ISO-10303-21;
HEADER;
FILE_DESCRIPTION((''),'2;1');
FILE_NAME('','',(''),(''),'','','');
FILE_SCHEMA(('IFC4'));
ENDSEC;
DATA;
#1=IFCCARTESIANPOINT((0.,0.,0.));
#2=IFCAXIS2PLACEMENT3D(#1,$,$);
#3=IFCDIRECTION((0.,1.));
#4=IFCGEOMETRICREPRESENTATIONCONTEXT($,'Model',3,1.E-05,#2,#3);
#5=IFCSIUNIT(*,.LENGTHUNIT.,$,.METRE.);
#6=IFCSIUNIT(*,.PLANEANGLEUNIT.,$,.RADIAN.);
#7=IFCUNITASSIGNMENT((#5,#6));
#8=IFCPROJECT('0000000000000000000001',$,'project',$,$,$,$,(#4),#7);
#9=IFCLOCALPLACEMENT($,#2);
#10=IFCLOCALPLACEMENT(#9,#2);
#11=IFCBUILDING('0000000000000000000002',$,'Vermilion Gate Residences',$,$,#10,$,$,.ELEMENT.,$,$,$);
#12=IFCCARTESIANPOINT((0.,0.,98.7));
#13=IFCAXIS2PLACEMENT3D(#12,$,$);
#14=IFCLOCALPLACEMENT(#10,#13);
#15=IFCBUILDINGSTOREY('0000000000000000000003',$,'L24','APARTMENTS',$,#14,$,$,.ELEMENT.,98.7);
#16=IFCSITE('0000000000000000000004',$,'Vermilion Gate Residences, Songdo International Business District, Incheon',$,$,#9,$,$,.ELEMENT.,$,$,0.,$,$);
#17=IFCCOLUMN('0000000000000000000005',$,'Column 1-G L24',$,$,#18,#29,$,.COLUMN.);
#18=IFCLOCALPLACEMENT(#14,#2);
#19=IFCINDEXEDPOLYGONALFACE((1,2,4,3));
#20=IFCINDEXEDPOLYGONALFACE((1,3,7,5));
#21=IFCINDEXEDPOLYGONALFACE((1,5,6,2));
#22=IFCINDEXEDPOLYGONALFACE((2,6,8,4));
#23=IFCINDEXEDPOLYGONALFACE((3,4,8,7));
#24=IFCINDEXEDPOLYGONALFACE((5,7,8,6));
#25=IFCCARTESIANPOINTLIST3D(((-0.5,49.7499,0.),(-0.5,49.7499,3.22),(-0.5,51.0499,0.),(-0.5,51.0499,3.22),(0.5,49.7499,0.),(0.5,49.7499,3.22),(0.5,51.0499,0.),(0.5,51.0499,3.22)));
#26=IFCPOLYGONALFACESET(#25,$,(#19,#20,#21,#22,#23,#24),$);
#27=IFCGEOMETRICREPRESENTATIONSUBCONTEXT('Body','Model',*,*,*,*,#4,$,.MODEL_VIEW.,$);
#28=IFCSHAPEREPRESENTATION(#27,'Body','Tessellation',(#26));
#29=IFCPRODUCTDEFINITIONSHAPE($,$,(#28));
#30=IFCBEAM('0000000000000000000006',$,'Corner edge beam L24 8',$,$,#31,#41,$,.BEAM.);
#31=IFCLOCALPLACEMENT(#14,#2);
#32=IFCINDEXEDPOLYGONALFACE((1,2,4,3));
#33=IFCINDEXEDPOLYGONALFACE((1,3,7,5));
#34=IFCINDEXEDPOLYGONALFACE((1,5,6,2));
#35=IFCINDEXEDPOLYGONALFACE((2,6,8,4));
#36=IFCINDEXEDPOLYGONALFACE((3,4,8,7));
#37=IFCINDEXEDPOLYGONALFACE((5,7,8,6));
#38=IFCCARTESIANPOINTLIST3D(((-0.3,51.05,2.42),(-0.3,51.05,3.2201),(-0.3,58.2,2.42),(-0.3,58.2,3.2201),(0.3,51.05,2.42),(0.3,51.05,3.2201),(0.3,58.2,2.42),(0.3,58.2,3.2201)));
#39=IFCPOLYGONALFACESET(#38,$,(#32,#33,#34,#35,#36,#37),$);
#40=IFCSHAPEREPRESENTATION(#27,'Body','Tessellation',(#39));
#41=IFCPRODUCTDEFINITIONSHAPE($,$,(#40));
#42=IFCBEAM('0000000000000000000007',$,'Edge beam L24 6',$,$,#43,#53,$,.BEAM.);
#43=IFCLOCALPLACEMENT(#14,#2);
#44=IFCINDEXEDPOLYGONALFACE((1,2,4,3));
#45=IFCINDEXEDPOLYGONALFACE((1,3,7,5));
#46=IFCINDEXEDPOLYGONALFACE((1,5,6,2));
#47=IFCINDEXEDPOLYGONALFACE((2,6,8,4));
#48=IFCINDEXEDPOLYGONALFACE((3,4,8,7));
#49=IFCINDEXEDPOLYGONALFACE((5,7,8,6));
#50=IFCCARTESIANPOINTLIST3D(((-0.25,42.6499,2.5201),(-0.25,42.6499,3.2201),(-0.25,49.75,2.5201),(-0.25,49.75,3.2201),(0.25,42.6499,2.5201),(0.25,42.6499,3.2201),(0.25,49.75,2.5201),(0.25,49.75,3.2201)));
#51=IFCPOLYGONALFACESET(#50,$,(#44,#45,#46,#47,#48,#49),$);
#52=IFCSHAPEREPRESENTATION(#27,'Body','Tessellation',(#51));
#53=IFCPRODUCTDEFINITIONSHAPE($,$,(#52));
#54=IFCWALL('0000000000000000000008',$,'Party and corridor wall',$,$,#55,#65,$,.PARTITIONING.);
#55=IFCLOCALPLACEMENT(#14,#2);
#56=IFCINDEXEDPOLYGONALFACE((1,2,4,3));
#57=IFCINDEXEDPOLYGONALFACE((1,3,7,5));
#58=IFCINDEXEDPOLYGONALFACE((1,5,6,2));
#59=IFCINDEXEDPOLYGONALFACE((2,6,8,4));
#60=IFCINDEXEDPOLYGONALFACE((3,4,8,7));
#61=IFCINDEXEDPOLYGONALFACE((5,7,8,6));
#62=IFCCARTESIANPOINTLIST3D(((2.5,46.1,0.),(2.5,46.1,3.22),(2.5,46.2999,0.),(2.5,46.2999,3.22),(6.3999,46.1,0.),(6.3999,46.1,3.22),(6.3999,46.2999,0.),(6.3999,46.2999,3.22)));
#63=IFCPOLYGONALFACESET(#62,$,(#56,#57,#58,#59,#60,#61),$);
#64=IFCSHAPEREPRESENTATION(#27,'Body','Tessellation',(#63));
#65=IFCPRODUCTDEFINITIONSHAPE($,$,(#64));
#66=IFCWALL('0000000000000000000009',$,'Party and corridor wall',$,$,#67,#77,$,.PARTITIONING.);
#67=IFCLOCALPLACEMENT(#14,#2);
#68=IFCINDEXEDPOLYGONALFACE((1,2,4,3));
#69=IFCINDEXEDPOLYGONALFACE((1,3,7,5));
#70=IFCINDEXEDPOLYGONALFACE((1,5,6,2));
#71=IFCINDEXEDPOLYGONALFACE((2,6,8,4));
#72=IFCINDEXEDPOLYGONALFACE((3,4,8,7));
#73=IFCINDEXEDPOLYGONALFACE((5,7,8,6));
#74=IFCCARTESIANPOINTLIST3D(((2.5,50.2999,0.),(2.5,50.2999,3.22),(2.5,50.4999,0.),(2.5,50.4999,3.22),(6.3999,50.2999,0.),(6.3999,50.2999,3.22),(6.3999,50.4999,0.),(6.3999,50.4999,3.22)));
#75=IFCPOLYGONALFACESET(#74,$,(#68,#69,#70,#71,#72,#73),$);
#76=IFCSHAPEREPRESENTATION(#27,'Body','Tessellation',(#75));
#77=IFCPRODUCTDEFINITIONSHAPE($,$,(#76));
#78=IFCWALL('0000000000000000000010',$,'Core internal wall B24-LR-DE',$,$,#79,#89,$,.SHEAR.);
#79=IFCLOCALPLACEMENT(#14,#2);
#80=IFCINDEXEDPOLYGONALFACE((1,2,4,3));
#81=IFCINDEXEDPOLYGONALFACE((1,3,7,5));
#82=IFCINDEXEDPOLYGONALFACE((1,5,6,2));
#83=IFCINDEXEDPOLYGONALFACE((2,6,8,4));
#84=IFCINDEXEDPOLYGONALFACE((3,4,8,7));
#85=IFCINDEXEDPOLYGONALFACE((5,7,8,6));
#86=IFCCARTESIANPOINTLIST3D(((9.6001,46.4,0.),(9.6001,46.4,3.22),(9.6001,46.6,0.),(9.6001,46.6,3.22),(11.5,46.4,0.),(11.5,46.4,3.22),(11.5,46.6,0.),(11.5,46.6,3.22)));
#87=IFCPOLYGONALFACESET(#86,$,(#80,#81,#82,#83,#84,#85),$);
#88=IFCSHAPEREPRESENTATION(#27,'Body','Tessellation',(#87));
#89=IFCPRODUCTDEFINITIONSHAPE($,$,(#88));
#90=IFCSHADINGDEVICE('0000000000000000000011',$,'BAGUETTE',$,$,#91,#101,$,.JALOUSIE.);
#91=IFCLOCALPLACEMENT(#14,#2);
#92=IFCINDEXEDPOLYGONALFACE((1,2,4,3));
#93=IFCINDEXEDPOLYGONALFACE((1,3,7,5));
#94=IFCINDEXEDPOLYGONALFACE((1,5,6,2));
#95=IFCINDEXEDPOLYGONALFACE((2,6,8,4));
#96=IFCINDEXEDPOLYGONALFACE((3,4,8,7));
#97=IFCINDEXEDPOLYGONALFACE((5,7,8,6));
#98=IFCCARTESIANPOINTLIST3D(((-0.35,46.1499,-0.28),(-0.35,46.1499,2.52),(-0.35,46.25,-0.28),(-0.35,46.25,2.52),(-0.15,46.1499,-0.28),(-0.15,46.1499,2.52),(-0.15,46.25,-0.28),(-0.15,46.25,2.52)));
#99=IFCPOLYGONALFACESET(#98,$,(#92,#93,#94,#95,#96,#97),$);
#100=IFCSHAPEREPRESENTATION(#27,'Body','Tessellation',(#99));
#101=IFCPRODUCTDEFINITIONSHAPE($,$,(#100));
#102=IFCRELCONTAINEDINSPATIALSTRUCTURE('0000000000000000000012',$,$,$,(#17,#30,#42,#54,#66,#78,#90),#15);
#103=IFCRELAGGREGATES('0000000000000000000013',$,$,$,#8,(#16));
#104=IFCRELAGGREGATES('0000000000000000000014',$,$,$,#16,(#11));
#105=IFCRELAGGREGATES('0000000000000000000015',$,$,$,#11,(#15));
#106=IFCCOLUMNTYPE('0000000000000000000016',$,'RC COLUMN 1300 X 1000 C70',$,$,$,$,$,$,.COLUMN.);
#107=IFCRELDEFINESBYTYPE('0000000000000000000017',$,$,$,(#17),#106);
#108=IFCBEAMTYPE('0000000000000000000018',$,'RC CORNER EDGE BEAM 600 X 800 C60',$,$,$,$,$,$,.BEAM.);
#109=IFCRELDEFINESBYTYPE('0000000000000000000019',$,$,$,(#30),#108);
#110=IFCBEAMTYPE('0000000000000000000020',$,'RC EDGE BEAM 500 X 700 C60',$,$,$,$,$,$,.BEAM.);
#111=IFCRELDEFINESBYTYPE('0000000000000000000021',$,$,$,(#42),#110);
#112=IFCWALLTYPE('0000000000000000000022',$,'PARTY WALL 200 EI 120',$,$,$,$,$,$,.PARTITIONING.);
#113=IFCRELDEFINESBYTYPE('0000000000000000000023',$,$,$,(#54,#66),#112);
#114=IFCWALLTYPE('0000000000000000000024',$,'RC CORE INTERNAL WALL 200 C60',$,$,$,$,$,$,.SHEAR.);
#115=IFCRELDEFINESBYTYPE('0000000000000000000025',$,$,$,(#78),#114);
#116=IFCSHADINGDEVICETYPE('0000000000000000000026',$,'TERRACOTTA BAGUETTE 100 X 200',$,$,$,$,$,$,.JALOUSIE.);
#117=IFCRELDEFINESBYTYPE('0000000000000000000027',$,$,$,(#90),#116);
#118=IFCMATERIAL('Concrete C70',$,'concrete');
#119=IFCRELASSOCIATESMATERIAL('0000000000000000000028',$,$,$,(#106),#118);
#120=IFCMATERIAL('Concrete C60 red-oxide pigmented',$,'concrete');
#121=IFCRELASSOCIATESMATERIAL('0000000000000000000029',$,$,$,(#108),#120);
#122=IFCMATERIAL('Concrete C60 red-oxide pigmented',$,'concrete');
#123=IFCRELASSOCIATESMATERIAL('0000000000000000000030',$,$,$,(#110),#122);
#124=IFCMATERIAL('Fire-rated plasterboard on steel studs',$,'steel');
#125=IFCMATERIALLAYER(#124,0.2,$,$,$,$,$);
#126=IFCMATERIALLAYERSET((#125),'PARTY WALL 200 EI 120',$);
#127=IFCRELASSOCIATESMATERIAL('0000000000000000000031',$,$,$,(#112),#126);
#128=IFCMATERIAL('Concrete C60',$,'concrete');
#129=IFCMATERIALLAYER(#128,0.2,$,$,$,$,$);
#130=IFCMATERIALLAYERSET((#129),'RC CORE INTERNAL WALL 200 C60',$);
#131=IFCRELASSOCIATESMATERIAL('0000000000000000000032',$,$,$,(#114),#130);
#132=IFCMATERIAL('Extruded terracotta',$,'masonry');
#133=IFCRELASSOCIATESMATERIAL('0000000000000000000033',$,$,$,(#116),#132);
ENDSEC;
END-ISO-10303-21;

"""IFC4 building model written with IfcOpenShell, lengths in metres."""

from ifc_helpers import new_model, si_unit, direction, frame, frame_2d, origin, origin_2d, place, context, subcontext, project, spatial, rectangle, extrude, material, layer, layer_set, material_profile, profile_set, type_object, element, save


model = new_model("IFC4")

# Units and contexts
model_context = context("Model", 3, precision=1e-05, world=origin(), true_north=direction((0.0, 1.0)))
body_context = subcontext(model_context, "Body", "Model", "MODEL_VIEW")
ifc_project = project(units=[si_unit("LENGTHUNIT", "METRE"), si_unit("PLANEANGLEUNIT", "RADIAN")], contexts=[model_context])

# Site, building, storey
site_placement = place(None, origin())
site = spatial("IfcSite", under=ifc_project, at=site_placement, Name="Vermilion Gate Residences, Songdo International Business District, Incheon", CompositionType="ELEMENT", RefElevation=0.0)
building_placement = place(site_placement, origin())
building = spatial("IfcBuilding", under=site, at=building_placement, Name="Vermilion Gate Residences", CompositionType="ELEMENT")
storey_placement = place(building_placement, frame((0.0, 0.0, 98.7)))
storey = spatial("IfcBuildingStorey", under=building, at=storey_placement, Name="L24", Description="APARTMENTS", CompositionType="ELEMENT", Elevation=98.7)

# Column
ifc_material_1 = material(Name="Concrete C70", Category="concrete")
ifc_material_profile_1 = material_profile(ifc_material_1, rectangle(XDim=1.3, YDim=1.0, at=origin_2d()), Name="RC-1300x1000")
ifc_profile_set_1 = profile_set([ifc_material_profile_1], Name="Concrete C70")
column_type = type_object("IfcColumnType", Name="RC COLUMN 1300 X 1000 C70", PredefinedType="COLUMN", material=ifc_profile_set_1)
column_placement = place(storey_placement, frame((0.0, 50.3999, 0.0), z_axis=(0.0, 0.0, 1.0), x_axis=(0.0, 1.0, 0.0)))
element("IfcColumn", 1, at=column_placement, inside=storey, type_object=column_type, Name="Column 1-G L24", PredefinedType="COLUMN", context=body_context, shape_type="SweptSolid", body=[
    extrude(rectangle(XDim=1.3, YDim=1.0, at=origin_2d()), origin(), (0.0, 0.0, 1.0), 3.22),
])

# Beams
ifc_material_2 = material(Name="Concrete C60 red-oxide pigmented", Category="concrete")
ifc_material_profile_2 = material_profile(ifc_material_2, rectangle(XDim=0.6001, YDim=0.8, at=origin_2d()), Name="RC-600x800")
ifc_profile_set_2 = profile_set([ifc_material_profile_2], Name="Concrete C60 red-oxide pigmented")
beam_type_1 = type_object("IfcBeamType", Name="RC CORNER EDGE BEAM 600 X 800 C60", PredefinedType="BEAM", material=ifc_profile_set_2)
beam_1_placement = place(storey_placement, frame((0.0, 51.05, 2.8201), z_axis=(0.0, 1.0, 0.0), x_axis=(-1.0, 0.0, 0.0)))
element("IfcBeam", 2, at=beam_1_placement, inside=storey, type_object=beam_type_1, Name="Corner edge beam L24 8", PredefinedType="BEAM", context=body_context, shape_type="SweptSolid", body=[
    extrude(rectangle(XDim=0.6001, YDim=0.8, at=origin_2d()), origin(), (0.0, 0.0, 1.0), 7.1499),
])
ifc_material_3 = material(Name="Concrete C60 red-oxide pigmented", Category="concrete")
ifc_material_profile_3 = material_profile(ifc_material_3, rectangle(XDim=0.5, YDim=0.7, at=origin_2d()), Name="RC-500x700")
ifc_profile_set_3 = profile_set([ifc_material_profile_3], Name="Concrete C60 red-oxide pigmented")
beam_type_2 = type_object("IfcBeamType", Name="RC EDGE BEAM 500 X 700 C60", PredefinedType="BEAM", material=ifc_profile_set_3)
beam_2_placement = place(storey_placement, frame((0.0, 42.6499, 2.8701), z_axis=(0.0, 1.0, 0.0), x_axis=(-1.0, 0.0, 0.0)))
element("IfcBeam", 3, at=beam_2_placement, inside=storey, type_object=beam_type_2, Name="Edge beam L24 6", PredefinedType="BEAM", context=body_context, shape_type="SweptSolid", body=[
    extrude(rectangle(XDim=0.5, YDim=0.7, at=origin_2d()), origin(), (0.0, 0.0, 1.0), 7.1001),
])

# Walls
ifc_material_4 = material(Name="Fire-rated plasterboard on steel studs", Category="steel")
ifc_layer_1 = layer(ifc_material_4, 0.2)
ifc_layer_set_1 = layer_set([ifc_layer_1], Name="PARTY WALL 200 EI 120")
wall_type_1 = type_object("IfcWallType", Name="PARTY WALL 200 EI 120", PredefinedType="PARTITIONING", material=ifc_layer_set_1)
for number, where, z_axis, x_axis, name in (
    (4, (2.5, 46.2, 0.0), (0.0, 0.0, 1.0), (1.0, 0.0, 0.0), "Party and corridor wall"),
    (5, (2.5, 50.3999, 0.0), (0.0, 0.0, 1.0), (1.0, 0.0, 0.0), "Party and corridor wall"),
):
    element("IfcWall", number, at=place(storey_placement, frame(where, z_axis=z_axis, x_axis=x_axis)), inside=storey, type_object=wall_type_1, Name=name, PredefinedType="PARTITIONING", context=body_context, shape_type="SweptSolid", body=[
        extrude(rectangle(XDim=3.8999, YDim=0.2, at=frame_2d((1.95, 0.0))), origin(), (0.0, 0.0, 1.0), 3.22),
    ])
ifc_material_5 = material(Name="Concrete C60", Category="concrete")
ifc_layer_2 = layer(ifc_material_5, 0.2)
ifc_layer_set_2 = layer_set([ifc_layer_2], Name="RC CORE INTERNAL WALL 200 C60")
wall_type_2 = type_object("IfcWallType", Name="RC CORE INTERNAL WALL 200 C60", PredefinedType="SHEAR", material=ifc_layer_set_2)
wall_1_placement = place(storey_placement, frame((9.6001, 46.5, 0.0), z_axis=(0.0, 0.0, 1.0), x_axis=(1.0, 0.0, 0.0)))
element("IfcWall", 6, at=wall_1_placement, inside=storey, type_object=wall_type_2, Name="Core internal wall B24-LR-DE", PredefinedType="SHEAR", context=body_context, shape_type="SweptSolid", body=[
    extrude(rectangle(XDim=1.8999, YDim=0.2, at=frame_2d((0.95, 0.0))), origin(), (0.0, 0.0, 1.0), 3.22),
])

# Shading device
ifc_material_6 = material(Name="Extruded terracotta", Category="masonry")
ifc_material_profile_4 = material_profile(ifc_material_6, rectangle(XDim=0.2, YDim=0.1001, at=origin_2d()), Name="BAGUETTE 100 X 200")
ifc_profile_set_4 = profile_set([ifc_material_profile_4], Name="Extruded terracotta")
shading_device_type = type_object("IfcShadingDeviceType", Name="TERRACOTTA BAGUETTE 100 X 200", PredefinedType="JALOUSIE", material=ifc_profile_set_4)
shading_device_placement = place(storey_placement, frame((-0.25, 46.2, -0.28), z_axis=(0.0, 0.0, 1.0), x_axis=(1.0, 0.0, 0.0)))
element("IfcShadingDevice", 7, at=shading_device_placement, inside=storey, type_object=shading_device_type, Name="BAGUETTE", PredefinedType="JALOUSIE", context=body_context, shape_type="SweptSolid", body=[
    extrude(rectangle(XDim=0.2, YDim=0.1001, at=origin_2d()), origin(), (0.0, 0.0, 1.0), 2.8),
])

save(model, "model.ifc")
